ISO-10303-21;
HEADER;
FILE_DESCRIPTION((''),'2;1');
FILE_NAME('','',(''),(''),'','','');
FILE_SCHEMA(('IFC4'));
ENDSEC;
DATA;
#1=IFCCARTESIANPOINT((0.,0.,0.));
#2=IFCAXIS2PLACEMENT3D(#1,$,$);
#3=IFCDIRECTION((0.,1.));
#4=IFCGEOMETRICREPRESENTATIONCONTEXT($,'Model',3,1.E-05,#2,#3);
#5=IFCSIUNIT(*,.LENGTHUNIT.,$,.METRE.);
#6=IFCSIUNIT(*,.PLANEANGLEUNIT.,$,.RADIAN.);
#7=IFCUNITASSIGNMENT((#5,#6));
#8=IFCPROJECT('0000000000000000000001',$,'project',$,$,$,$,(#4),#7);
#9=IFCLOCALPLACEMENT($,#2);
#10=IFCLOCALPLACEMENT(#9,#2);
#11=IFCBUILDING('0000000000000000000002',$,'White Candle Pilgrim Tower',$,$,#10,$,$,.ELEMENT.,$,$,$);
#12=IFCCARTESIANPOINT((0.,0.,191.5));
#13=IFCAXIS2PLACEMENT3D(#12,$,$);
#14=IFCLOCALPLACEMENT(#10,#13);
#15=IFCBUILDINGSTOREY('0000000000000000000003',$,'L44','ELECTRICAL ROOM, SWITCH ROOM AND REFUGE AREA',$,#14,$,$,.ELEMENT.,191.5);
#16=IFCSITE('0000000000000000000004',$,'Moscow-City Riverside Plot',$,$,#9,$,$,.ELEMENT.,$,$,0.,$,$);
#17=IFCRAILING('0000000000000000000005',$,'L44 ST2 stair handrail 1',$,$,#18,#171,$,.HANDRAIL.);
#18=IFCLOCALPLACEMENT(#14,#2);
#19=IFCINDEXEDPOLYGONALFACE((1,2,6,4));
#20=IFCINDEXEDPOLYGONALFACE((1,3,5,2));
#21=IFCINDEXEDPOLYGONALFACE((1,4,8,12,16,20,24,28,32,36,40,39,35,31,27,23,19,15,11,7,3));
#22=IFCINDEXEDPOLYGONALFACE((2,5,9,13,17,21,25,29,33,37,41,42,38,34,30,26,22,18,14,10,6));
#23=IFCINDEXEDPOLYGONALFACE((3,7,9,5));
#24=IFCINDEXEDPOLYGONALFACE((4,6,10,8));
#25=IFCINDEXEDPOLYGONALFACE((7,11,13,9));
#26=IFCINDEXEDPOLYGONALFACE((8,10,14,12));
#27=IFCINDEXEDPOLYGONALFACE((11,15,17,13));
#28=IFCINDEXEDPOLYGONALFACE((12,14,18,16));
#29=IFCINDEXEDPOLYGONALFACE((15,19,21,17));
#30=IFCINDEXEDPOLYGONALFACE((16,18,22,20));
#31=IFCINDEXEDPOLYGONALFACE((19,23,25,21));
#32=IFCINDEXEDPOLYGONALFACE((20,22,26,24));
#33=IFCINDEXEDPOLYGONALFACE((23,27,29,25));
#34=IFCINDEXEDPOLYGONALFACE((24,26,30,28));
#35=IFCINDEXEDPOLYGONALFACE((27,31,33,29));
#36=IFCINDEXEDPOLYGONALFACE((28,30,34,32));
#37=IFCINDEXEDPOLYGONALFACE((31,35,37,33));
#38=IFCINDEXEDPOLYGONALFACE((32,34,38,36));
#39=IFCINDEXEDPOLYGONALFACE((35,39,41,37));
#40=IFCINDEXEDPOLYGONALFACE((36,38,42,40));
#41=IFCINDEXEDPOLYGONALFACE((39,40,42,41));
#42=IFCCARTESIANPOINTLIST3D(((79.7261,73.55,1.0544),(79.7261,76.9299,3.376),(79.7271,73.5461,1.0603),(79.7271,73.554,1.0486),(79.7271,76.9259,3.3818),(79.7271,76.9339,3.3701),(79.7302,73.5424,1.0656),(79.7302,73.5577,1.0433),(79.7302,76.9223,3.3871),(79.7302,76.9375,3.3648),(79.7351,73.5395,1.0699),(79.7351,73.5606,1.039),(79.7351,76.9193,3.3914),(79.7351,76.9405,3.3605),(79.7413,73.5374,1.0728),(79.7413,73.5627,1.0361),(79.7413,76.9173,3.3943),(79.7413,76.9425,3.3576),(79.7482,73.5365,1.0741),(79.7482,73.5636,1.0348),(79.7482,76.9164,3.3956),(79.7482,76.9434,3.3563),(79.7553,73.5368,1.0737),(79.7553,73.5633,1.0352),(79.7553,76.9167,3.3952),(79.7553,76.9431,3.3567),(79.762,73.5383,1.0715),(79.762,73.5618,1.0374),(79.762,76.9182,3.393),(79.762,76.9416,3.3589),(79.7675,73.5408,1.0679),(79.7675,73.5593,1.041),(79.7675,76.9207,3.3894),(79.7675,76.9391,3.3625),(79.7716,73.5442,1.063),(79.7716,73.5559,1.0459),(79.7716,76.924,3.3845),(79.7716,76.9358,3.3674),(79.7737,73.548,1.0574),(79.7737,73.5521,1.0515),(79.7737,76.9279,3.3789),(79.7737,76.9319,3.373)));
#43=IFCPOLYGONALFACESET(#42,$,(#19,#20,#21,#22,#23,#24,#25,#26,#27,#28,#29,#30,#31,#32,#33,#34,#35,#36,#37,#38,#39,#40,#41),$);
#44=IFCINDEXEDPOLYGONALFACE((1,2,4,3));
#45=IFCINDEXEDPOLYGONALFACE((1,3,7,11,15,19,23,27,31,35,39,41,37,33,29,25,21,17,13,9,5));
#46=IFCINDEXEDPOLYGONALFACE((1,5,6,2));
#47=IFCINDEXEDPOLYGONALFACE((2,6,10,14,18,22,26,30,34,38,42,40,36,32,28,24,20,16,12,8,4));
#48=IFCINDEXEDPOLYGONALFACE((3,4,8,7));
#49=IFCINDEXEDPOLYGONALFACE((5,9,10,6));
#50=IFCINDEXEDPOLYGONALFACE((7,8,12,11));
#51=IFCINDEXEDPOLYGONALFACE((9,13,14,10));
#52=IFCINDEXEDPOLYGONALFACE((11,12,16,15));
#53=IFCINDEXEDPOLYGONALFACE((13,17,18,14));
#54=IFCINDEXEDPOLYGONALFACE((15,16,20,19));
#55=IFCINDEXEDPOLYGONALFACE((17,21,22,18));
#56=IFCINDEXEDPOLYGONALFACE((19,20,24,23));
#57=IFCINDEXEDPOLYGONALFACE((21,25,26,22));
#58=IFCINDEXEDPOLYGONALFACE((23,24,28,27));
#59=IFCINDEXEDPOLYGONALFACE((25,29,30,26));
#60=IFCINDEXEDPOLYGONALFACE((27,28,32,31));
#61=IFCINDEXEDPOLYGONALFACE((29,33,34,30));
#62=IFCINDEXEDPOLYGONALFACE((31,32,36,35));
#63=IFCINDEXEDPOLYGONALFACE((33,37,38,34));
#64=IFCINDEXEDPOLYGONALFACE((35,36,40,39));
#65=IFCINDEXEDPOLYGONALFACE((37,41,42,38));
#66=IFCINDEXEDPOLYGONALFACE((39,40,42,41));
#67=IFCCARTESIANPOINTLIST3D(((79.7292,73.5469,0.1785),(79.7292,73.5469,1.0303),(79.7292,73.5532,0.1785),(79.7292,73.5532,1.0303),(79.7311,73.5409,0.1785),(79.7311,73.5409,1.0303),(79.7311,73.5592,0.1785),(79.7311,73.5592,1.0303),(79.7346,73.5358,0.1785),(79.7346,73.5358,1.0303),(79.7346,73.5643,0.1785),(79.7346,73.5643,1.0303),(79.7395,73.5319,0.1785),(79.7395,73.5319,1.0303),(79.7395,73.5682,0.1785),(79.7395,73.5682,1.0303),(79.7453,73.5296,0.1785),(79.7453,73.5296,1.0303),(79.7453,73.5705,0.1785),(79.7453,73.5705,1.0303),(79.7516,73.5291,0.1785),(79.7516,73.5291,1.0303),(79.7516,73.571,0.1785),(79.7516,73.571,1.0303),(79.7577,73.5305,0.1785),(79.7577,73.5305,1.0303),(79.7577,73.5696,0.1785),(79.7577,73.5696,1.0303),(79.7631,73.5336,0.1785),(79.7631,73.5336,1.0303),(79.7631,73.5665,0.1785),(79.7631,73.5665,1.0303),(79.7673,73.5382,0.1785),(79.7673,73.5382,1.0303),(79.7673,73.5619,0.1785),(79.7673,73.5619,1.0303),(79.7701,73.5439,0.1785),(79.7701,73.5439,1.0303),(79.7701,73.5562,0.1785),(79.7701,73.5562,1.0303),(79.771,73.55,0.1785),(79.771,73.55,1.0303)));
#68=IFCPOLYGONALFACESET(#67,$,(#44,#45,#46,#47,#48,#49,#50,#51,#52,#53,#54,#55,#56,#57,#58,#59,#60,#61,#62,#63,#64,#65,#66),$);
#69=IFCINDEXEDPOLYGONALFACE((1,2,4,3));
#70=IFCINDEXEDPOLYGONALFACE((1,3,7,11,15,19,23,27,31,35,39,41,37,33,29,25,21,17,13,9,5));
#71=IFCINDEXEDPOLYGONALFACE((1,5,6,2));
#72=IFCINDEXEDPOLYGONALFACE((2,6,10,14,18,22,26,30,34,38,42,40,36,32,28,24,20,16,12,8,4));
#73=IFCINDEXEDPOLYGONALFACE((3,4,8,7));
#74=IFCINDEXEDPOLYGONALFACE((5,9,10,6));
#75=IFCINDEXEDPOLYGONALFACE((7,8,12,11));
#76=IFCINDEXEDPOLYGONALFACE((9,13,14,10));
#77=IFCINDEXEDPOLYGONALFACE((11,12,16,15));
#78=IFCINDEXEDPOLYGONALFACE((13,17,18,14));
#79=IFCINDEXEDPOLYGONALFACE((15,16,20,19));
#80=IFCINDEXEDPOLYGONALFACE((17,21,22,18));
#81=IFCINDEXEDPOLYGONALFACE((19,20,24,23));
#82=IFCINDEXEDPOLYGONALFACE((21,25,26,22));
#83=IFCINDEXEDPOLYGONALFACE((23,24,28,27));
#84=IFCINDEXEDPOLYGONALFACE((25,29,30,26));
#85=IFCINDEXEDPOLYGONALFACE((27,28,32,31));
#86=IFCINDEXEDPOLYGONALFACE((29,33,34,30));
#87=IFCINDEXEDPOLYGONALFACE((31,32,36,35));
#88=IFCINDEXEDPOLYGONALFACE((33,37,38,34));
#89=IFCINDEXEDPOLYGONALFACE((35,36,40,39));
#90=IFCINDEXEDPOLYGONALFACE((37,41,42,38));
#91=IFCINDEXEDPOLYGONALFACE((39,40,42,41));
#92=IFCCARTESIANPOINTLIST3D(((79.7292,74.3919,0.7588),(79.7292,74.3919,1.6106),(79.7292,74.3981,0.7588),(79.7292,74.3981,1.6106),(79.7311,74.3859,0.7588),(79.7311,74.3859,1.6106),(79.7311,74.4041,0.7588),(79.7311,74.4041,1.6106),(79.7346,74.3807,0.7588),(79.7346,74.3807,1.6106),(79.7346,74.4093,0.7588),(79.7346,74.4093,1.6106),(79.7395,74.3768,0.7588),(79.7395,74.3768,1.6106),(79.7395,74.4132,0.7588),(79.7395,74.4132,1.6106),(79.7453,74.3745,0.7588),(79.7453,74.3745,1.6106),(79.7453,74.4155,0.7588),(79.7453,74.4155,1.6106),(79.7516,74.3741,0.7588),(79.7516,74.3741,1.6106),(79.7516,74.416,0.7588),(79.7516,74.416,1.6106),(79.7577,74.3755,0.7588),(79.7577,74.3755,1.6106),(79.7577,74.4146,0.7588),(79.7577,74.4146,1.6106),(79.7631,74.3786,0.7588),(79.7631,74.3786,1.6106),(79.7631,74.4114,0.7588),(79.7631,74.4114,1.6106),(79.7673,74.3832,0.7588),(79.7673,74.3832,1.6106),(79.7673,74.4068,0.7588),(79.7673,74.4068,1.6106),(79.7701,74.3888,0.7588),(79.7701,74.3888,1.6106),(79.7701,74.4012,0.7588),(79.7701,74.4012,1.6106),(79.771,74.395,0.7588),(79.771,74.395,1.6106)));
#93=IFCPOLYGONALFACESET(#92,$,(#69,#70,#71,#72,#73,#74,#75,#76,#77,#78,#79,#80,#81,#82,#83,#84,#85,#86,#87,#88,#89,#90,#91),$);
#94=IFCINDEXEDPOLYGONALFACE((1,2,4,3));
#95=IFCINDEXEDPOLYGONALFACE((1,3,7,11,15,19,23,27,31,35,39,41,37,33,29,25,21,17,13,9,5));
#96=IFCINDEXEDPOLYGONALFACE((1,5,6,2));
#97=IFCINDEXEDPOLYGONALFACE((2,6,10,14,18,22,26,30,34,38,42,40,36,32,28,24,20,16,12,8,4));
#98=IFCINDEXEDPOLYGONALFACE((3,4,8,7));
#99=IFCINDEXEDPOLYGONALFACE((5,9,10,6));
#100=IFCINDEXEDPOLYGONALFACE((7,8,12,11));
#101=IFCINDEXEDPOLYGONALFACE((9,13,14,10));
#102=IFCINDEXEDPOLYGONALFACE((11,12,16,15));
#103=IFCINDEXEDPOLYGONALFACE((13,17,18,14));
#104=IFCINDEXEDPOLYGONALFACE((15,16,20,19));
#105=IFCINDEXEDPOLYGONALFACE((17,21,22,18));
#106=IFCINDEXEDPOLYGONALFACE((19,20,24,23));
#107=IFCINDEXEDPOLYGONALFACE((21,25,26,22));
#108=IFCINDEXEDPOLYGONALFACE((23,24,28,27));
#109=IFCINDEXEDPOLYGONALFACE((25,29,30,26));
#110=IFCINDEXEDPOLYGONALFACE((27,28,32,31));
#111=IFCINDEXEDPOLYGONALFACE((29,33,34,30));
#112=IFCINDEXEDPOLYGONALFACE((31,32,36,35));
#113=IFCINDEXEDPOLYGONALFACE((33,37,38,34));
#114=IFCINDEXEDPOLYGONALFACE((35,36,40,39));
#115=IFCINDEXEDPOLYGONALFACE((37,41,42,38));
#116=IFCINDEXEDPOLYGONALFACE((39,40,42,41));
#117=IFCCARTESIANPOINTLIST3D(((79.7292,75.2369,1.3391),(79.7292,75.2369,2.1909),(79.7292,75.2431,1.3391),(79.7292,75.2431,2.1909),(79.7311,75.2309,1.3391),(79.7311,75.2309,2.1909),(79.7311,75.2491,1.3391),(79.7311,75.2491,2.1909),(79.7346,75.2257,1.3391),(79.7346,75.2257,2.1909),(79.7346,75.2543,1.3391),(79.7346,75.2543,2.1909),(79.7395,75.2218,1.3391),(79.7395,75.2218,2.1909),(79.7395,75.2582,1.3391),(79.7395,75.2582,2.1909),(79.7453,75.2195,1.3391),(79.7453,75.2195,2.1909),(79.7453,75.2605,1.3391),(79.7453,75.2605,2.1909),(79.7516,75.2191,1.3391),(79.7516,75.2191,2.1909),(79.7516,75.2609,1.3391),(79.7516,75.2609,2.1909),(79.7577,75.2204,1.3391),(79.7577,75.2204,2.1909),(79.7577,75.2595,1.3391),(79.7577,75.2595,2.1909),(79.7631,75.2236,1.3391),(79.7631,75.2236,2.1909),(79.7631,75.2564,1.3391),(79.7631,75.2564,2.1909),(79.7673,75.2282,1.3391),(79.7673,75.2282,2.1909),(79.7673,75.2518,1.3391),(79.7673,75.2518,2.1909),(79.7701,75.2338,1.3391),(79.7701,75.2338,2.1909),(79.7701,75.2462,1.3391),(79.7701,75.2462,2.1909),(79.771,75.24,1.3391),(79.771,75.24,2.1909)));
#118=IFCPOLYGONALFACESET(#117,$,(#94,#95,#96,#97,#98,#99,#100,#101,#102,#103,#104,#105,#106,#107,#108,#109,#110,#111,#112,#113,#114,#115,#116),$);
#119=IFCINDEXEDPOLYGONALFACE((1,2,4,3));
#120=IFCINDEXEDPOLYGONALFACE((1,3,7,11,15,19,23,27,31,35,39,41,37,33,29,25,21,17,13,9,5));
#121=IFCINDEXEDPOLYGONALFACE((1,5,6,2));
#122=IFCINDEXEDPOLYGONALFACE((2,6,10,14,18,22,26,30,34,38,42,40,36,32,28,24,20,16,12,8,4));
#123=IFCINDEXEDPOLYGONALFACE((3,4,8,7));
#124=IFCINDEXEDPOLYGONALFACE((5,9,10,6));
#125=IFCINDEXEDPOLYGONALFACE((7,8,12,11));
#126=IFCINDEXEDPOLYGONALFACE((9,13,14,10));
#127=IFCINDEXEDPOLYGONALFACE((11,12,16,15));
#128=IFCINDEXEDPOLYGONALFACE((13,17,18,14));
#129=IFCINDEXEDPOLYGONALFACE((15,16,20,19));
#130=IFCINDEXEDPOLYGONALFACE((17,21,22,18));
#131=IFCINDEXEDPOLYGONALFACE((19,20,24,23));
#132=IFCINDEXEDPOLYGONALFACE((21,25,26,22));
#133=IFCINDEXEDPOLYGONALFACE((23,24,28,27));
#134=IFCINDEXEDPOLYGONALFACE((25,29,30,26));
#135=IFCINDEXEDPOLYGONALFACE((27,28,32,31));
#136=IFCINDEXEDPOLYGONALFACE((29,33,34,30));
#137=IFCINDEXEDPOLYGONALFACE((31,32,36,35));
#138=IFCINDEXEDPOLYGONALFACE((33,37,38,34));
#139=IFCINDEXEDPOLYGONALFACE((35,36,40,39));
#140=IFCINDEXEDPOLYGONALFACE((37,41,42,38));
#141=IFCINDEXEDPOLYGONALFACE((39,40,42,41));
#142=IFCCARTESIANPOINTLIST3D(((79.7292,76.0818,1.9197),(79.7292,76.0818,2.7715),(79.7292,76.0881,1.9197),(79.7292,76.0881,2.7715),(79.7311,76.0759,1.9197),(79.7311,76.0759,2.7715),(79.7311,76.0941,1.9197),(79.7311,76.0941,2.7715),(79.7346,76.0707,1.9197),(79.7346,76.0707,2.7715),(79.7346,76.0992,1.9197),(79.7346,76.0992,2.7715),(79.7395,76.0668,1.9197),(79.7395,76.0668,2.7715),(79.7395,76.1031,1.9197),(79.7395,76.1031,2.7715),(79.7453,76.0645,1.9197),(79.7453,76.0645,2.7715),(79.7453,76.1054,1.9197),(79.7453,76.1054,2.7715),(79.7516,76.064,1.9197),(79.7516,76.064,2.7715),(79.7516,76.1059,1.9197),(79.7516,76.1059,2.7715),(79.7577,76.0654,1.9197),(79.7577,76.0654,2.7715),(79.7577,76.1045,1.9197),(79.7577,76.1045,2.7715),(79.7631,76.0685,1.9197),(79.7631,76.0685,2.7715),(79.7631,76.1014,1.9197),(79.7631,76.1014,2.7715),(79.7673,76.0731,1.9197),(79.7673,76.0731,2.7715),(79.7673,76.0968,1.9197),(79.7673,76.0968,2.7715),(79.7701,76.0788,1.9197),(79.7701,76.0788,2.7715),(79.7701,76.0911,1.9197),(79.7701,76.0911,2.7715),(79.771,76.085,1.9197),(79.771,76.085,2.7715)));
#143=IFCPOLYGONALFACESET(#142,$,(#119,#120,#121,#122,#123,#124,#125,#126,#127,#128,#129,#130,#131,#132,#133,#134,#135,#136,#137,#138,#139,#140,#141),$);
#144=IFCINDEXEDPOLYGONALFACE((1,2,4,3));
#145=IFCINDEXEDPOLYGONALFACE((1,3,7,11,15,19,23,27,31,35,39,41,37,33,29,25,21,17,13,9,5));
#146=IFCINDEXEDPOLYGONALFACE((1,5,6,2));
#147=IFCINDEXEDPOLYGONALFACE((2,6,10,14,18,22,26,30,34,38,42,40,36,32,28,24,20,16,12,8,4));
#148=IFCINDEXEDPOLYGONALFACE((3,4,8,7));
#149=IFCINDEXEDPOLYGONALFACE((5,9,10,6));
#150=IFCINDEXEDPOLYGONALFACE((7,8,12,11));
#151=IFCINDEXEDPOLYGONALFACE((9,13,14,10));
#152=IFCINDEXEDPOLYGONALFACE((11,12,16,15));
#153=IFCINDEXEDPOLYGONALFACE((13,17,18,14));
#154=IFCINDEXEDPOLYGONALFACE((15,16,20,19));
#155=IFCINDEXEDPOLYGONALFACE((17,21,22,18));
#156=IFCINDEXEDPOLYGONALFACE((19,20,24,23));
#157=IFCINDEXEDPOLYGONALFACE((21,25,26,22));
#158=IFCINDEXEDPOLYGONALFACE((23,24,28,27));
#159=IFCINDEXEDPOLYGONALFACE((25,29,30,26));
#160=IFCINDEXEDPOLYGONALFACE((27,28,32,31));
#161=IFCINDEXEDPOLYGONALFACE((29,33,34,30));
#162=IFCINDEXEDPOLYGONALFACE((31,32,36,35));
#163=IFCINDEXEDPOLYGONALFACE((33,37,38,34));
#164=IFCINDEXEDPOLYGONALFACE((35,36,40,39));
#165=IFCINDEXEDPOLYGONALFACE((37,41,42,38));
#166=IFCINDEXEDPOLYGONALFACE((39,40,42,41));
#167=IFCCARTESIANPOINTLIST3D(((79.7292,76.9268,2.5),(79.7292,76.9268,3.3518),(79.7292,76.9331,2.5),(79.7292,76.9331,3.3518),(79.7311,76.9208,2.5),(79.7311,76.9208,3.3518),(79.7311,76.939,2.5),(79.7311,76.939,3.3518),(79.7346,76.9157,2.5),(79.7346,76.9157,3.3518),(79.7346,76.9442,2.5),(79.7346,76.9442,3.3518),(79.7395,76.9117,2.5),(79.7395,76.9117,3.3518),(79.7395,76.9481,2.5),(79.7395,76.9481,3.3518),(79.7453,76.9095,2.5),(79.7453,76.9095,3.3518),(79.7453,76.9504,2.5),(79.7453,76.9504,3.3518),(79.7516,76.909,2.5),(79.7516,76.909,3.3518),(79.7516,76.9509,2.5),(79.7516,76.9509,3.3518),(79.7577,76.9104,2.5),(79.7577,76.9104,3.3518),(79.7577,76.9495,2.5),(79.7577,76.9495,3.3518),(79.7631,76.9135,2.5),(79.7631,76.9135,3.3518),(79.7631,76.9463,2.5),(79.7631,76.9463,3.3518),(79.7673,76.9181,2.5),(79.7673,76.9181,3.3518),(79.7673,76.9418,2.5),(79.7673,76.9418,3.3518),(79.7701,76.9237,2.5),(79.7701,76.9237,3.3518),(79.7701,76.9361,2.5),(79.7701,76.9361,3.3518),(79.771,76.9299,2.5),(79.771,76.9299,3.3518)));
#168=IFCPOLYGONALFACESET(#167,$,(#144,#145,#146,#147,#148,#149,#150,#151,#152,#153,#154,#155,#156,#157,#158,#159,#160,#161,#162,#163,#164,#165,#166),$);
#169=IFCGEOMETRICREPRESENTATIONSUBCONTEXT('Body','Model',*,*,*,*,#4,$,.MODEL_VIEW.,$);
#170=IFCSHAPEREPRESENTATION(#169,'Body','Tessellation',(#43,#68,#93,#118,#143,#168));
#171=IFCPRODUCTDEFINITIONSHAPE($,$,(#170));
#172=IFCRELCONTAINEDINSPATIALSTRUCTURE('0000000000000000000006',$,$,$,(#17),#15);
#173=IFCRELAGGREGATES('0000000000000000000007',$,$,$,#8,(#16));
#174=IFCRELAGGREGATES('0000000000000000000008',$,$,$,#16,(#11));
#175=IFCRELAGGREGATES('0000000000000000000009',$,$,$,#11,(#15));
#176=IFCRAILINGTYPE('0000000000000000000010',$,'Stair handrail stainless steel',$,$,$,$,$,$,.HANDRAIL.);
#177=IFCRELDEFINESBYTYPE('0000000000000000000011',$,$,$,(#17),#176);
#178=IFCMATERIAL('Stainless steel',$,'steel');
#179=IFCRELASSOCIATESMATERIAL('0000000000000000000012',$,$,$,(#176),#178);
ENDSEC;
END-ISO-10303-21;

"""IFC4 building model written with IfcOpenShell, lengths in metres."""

from ifc_helpers import new_model, si_unit, direction, frame, origin, origin_2d, place, context, subcontext, project, spatial, circle, extrude, material, type_object, element, save


model = new_model("IFC4")

# Units and contexts
model_context = context("Model", 3, precision=1e-05, world=origin(), true_north=direction((0.0, 1.0)))
body_context = subcontext(model_context, "Body", "Model", "MODEL_VIEW")
ifc_project = project(units=[si_unit("LENGTHUNIT", "METRE"), si_unit("PLANEANGLEUNIT", "RADIAN")], contexts=[model_context])

# Site, building, storey
site_placement = place(None, origin())
site = spatial("IfcSite", under=ifc_project, at=site_placement, Name="Moscow-City Riverside Plot", CompositionType="ELEMENT", RefElevation=0.0)
building_placement = place(site_placement, origin())
building = spatial("IfcBuilding", under=site, at=building_placement, Name="White Candle Pilgrim Tower", CompositionType="ELEMENT")
storey_placement = place(building_placement, frame((0.0, 0.0, 191.5)))
storey = spatial("IfcBuildingStorey", under=building, at=storey_placement, Name="L44", Description="ELECTRICAL ROOM, SWITCH ROOM AND REFUGE AREA", CompositionType="ELEMENT", Elevation=191.5)

# Railing
ifc_material_1 = material(Name="Stainless steel", Category="steel")
railing_type_1 = type_object("IfcRailingType", Name="Stair handrail stainless steel", PredefinedType="HANDRAIL", material=ifc_material_1)
railing_1_placement = place(storey_placement, frame((79.75, 73.55, 0.1785)))
element("IfcRailing", 1, at=railing_1_placement, inside=storey, type_object=railing_type_1, Name="L44 ST2 stair handrail 1", PredefinedType="HANDRAIL", context=body_context, shape_type="SweptSolid", body=[
    extrude(circle(Radius=0.0239, at=origin_2d()), frame((0.0, 0.0, 0.876), z_axis=(0.0, 0.824285, 0.566175), x_axis=(-1.0, 0.0, 0.0)), (0.0, 0.0, 1.0), 4.1003),
    extrude(circle(Radius=0.021, at=origin_2d()), origin(), (0.0, 0.0, 1.0), 0.8518),
    extrude(circle(Radius=0.021, at=origin_2d()), frame((0.0, 0.845, 0.5803)), (0.0, 0.0, 1.0), 0.8518),
    extrude(circle(Radius=0.021, at=origin_2d()), frame((0.0, 1.6899, 1.1606)), (0.0, 0.0, 1.0), 0.8518),
    extrude(circle(Radius=0.021, at=origin_2d()), frame((0.0, 2.5349, 1.7412)), (0.0, 0.0, 1.0), 0.8518),
    extrude(circle(Radius=0.021, at=origin_2d()), frame((0.0, 3.3799, 2.3215)), (0.0, 0.0, 1.0), 0.8518),
])

save(model, "model.ifc")
